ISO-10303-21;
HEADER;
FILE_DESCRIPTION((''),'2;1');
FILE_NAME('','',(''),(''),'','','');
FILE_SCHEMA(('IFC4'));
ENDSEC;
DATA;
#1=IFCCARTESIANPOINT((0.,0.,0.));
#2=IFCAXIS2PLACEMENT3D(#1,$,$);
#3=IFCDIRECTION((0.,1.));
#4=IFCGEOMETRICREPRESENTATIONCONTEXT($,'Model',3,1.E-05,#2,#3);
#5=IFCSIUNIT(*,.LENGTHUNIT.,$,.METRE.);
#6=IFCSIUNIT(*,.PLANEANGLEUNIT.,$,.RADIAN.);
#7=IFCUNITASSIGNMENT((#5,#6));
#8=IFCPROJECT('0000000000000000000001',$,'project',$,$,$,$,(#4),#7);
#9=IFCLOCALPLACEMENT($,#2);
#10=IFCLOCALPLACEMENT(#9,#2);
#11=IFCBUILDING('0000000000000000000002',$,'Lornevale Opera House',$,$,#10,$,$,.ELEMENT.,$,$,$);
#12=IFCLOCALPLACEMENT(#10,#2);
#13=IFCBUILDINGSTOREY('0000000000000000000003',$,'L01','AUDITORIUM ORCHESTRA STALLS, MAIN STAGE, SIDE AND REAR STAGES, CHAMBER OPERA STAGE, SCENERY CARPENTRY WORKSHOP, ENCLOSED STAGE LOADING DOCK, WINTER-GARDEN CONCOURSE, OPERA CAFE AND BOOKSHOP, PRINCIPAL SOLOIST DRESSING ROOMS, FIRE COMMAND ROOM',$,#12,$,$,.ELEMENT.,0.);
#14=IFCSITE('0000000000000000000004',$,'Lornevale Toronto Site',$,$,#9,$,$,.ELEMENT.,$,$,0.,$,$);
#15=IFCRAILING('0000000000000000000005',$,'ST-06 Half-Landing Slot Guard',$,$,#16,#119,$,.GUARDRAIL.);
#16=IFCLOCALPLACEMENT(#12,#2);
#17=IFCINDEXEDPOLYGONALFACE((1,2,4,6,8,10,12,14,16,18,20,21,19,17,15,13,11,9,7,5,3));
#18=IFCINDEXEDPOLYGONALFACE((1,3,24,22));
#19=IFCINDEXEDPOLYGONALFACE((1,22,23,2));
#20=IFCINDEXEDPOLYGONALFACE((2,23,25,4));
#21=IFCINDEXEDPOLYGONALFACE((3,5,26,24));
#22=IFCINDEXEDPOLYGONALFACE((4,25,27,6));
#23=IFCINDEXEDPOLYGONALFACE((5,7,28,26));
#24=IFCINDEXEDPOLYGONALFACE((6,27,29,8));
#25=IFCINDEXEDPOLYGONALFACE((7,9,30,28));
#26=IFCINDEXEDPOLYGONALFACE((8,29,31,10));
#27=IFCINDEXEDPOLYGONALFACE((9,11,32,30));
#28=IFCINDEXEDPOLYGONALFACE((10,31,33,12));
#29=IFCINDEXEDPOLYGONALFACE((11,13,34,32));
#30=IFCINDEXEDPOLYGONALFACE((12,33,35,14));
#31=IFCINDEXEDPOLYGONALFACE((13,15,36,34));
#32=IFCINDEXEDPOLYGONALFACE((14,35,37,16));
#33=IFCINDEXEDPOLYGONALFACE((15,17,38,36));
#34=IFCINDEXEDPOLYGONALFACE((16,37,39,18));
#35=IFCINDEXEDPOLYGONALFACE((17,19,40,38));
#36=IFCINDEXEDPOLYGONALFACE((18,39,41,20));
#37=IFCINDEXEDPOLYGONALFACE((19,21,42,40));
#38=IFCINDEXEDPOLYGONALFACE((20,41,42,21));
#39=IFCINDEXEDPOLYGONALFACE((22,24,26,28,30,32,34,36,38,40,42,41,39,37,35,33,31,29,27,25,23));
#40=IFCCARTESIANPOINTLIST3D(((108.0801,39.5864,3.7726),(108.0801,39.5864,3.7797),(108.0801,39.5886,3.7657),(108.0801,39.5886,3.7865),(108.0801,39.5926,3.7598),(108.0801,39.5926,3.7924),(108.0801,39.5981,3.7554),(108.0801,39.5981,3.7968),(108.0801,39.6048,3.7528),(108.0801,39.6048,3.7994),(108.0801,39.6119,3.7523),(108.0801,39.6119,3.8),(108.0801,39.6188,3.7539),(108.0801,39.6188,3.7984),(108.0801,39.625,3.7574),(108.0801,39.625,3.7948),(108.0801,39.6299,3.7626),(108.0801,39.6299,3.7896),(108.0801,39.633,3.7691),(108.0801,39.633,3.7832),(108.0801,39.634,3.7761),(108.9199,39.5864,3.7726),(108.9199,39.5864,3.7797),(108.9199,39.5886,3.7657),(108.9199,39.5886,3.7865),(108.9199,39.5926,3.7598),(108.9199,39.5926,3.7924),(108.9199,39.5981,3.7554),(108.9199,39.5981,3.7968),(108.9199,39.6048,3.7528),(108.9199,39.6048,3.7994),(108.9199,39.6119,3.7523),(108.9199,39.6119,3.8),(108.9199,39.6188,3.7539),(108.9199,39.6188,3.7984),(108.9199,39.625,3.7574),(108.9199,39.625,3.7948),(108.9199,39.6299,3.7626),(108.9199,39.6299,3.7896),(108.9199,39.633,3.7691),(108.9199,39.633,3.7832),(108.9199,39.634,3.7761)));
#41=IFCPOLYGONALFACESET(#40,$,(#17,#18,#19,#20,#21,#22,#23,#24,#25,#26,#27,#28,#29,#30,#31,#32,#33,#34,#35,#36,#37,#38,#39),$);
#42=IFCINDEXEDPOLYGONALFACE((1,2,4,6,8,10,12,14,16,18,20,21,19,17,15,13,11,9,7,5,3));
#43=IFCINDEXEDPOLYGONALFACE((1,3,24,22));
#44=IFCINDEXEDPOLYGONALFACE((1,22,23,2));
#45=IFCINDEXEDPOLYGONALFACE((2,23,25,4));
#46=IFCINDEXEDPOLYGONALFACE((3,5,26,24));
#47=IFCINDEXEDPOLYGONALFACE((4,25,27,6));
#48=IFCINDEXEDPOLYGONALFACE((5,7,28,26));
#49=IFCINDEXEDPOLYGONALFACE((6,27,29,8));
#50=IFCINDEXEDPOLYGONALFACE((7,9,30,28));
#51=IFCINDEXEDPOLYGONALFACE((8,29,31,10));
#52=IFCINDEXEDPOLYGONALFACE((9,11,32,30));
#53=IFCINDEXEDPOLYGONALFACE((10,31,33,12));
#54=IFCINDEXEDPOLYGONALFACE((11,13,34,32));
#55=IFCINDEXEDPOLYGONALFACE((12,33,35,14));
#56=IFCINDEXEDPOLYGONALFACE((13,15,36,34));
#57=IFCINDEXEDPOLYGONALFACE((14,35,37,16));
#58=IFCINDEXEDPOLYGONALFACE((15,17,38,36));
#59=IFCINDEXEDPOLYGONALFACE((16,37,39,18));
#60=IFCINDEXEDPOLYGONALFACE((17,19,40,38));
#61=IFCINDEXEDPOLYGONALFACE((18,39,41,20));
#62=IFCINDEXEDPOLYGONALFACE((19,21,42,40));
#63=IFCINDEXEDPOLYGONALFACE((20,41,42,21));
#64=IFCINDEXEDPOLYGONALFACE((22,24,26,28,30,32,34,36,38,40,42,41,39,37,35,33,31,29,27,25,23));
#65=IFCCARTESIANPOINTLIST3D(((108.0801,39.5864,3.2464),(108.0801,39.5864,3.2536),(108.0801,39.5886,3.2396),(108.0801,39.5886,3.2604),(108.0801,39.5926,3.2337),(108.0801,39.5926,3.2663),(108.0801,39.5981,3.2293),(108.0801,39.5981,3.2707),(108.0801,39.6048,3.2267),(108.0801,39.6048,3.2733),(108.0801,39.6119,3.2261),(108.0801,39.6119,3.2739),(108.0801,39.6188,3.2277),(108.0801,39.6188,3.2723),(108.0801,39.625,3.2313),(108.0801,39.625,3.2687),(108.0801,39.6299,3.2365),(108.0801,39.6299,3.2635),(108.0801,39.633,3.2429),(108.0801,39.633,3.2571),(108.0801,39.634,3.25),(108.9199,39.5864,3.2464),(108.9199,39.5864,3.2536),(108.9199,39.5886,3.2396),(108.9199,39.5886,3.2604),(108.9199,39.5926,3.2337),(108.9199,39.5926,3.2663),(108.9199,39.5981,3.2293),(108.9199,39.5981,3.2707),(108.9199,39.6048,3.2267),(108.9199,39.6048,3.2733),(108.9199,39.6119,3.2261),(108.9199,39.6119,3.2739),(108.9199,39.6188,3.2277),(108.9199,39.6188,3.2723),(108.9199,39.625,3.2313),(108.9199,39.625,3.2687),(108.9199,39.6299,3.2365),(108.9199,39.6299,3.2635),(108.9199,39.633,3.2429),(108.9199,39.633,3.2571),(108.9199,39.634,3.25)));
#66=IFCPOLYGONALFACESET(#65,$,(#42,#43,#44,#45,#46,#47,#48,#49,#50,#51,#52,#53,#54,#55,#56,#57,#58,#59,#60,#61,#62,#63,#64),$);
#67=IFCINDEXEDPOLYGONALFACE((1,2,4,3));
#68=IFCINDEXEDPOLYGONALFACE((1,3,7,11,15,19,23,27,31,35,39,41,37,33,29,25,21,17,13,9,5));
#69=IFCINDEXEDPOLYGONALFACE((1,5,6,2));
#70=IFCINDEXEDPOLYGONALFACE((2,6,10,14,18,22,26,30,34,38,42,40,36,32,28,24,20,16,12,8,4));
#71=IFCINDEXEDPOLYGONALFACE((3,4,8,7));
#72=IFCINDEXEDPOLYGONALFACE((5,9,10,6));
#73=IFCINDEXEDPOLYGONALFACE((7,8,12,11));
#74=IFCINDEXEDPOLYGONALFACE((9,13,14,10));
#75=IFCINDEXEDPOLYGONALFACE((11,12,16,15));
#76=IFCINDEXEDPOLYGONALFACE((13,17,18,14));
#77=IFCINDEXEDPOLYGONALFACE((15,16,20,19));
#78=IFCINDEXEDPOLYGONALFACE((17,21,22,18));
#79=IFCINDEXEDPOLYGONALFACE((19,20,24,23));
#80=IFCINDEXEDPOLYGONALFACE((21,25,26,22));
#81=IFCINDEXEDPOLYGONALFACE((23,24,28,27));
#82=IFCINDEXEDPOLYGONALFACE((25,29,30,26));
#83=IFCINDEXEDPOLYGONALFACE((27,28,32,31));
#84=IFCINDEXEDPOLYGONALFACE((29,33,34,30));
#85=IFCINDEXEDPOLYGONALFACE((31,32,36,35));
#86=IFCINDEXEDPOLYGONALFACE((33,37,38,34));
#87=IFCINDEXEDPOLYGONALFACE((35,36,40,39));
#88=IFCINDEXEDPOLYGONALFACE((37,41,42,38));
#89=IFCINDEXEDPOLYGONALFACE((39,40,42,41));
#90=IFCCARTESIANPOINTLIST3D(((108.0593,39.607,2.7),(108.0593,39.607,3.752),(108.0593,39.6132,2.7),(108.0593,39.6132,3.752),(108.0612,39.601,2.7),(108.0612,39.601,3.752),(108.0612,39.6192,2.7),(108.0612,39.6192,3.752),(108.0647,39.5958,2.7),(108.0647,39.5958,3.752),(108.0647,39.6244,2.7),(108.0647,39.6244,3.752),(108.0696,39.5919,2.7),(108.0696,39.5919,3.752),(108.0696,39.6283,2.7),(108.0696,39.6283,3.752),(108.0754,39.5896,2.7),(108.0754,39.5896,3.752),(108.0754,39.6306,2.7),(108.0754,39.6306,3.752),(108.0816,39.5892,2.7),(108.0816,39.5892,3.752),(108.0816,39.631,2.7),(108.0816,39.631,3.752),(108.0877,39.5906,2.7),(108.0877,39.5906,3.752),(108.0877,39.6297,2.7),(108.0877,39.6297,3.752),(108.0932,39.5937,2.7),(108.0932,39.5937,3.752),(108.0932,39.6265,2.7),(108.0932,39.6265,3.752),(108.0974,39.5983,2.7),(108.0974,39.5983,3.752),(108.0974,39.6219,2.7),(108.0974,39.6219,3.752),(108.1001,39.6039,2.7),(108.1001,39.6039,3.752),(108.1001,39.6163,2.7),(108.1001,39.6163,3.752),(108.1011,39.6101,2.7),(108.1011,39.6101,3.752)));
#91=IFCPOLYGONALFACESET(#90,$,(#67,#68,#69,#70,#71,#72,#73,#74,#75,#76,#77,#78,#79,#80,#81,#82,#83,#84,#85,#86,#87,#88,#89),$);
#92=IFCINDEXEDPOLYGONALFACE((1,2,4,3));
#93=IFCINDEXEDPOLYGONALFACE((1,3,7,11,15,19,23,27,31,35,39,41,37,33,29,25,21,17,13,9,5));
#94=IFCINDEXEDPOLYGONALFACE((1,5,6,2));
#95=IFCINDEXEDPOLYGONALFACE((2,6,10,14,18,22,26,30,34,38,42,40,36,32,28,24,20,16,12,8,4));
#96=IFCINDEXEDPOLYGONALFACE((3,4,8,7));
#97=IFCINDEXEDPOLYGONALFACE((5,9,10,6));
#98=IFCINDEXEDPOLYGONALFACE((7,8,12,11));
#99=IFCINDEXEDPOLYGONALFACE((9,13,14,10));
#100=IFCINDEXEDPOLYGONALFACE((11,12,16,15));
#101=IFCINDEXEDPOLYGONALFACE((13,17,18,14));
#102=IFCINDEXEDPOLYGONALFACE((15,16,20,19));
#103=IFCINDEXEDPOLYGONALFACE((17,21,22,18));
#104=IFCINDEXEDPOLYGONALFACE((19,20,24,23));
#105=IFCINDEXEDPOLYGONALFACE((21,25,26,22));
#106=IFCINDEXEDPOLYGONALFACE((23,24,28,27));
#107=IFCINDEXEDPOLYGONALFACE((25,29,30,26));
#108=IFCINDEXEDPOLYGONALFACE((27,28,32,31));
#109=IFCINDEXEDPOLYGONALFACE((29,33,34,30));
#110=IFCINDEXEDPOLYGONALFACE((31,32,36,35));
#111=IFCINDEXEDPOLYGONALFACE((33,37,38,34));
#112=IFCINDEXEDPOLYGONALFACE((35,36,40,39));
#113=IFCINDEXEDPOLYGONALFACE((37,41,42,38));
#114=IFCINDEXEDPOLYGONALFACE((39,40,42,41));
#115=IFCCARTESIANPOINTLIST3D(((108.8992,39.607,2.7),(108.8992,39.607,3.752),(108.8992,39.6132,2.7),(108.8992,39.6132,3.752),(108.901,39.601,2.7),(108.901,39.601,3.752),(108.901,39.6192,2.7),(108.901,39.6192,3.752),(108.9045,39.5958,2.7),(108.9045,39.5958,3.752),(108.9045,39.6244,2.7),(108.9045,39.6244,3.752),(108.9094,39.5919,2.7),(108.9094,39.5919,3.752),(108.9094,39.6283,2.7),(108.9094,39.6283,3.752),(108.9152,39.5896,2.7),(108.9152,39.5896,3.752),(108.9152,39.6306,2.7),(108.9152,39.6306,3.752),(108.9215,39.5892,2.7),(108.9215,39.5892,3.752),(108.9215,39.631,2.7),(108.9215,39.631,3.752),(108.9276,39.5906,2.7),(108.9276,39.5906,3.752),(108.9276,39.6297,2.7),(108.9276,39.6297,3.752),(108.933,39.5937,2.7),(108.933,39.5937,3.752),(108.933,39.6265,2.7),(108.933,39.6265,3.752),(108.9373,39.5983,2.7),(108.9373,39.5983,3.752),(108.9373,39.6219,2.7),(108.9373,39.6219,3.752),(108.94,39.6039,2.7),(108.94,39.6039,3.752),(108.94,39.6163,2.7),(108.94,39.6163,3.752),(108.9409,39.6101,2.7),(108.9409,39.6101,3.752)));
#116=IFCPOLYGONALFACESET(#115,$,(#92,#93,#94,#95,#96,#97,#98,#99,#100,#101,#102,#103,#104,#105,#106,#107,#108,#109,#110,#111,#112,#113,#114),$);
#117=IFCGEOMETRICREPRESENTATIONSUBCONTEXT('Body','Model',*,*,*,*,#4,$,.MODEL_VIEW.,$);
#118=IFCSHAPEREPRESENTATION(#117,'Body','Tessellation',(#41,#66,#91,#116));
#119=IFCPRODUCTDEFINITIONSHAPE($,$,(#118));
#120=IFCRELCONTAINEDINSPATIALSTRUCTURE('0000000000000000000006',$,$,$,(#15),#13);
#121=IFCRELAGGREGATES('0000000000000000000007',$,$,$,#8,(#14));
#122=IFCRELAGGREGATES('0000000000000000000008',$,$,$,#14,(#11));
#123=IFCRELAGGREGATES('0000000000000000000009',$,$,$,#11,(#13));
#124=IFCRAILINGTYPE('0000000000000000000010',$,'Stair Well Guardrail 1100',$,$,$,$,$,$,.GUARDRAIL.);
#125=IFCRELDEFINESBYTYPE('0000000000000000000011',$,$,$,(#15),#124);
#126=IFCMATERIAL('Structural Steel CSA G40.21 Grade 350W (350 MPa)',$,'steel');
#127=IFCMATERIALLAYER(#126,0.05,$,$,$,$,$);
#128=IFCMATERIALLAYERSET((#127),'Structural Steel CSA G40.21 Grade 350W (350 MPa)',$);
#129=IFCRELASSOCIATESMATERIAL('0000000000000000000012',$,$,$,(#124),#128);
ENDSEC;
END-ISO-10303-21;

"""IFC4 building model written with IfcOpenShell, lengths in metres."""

from ifc_helpers import new_model, si_unit, direction, frame, origin, origin_2d, place, context, subcontext, project, spatial, circle, extrude, material, layer, layer_set, type_object, element, save


model = new_model("IFC4")

# Units and contexts
model_context = context("Model", 3, precision=1e-05, world=origin(), true_north=direction((0.0, 1.0)))
body_context = subcontext(model_context, "Body", "Model", "MODEL_VIEW")
ifc_project = project(units=[si_unit("LENGTHUNIT", "METRE"), si_unit("PLANEANGLEUNIT", "RADIAN")], contexts=[model_context])

# Site, building, storey
site_placement = place(None, origin())
site = spatial("IfcSite", under=ifc_project, at=site_placement, Name="Lornevale Toronto Site", CompositionType="ELEMENT", RefElevation=0.0)
building_placement = place(site_placement, origin())
building = spatial("IfcBuilding", under=site, at=building_placement, Name="Lornevale Opera House", CompositionType="ELEMENT")
storey_placement = place(building_placement, origin())
storey = spatial("IfcBuildingStorey", under=building, at=storey_placement, Name="L01", Description="AUDITORIUM ORCHESTRA STALLS, MAIN STAGE, SIDE AND REAR STAGES, CHAMBER OPERA STAGE, SCENERY CARPENTRY WORKSHOP, ENCLOSED STAGE LOADING DOCK, WINTER-GARDEN CONCOURSE, OPERA CAFE AND BOOKSHOP, PRINCIPAL SOLOIST DRESSING ROOMS, FIRE COMMAND ROOM", CompositionType="ELEMENT", Elevation=0.0)

# Railing
ifc_material_1 = material(Name="Structural Steel CSA G40.21 Grade 350W (350 MPa)", Category="steel")
ifc_layer_1 = layer(ifc_material_1, 0.05)
ifc_layer_set_1 = layer_set([ifc_layer_1], Name="Structural Steel CSA G40.21 Grade 350W (350 MPa)")
railing_type_1 = type_object("IfcRailingType", Name="Stair Well Guardrail 1100", PredefinedType="GUARDRAIL", material=ifc_layer_set_1)
railing_1_placement = place(storey_placement, frame((108.0801, 39.6101, 2.7)))
element("IfcRailing", 1, at=railing_1_placement, inside=storey, type_object=railing_type_1, Name="ST-06 Half-Landing Slot Guard", PredefinedType="GUARDRAIL", context=body_context, shape_type="SweptSolid", body=[
    extrude(circle(Radius=0.0239, at=origin_2d()), frame((0.0, 0.0, 1.0762), z_axis=(1.0, 0.0, 0.0), x_axis=(0.0, 1.0, 0.0)), (0.0, 0.0, 1.0), 0.8398),
    extrude(circle(Radius=0.0239, at=origin_2d()), frame((0.0, 0.0, 0.55), z_axis=(1.0, 0.0, 0.0), x_axis=(0.0, 1.0, 0.0)), (0.0, 0.0, 1.0), 0.8398),
    extrude(circle(Radius=0.021, at=origin_2d()), origin(), (0.0, 0.0, 1.0), 1.052),
    extrude(circle(Radius=0.021, at=origin_2d()), frame((0.8398, 0.0, 0.0)), (0.0, 0.0, 1.0), 1.052),
])

save(model, "model.ifc")
